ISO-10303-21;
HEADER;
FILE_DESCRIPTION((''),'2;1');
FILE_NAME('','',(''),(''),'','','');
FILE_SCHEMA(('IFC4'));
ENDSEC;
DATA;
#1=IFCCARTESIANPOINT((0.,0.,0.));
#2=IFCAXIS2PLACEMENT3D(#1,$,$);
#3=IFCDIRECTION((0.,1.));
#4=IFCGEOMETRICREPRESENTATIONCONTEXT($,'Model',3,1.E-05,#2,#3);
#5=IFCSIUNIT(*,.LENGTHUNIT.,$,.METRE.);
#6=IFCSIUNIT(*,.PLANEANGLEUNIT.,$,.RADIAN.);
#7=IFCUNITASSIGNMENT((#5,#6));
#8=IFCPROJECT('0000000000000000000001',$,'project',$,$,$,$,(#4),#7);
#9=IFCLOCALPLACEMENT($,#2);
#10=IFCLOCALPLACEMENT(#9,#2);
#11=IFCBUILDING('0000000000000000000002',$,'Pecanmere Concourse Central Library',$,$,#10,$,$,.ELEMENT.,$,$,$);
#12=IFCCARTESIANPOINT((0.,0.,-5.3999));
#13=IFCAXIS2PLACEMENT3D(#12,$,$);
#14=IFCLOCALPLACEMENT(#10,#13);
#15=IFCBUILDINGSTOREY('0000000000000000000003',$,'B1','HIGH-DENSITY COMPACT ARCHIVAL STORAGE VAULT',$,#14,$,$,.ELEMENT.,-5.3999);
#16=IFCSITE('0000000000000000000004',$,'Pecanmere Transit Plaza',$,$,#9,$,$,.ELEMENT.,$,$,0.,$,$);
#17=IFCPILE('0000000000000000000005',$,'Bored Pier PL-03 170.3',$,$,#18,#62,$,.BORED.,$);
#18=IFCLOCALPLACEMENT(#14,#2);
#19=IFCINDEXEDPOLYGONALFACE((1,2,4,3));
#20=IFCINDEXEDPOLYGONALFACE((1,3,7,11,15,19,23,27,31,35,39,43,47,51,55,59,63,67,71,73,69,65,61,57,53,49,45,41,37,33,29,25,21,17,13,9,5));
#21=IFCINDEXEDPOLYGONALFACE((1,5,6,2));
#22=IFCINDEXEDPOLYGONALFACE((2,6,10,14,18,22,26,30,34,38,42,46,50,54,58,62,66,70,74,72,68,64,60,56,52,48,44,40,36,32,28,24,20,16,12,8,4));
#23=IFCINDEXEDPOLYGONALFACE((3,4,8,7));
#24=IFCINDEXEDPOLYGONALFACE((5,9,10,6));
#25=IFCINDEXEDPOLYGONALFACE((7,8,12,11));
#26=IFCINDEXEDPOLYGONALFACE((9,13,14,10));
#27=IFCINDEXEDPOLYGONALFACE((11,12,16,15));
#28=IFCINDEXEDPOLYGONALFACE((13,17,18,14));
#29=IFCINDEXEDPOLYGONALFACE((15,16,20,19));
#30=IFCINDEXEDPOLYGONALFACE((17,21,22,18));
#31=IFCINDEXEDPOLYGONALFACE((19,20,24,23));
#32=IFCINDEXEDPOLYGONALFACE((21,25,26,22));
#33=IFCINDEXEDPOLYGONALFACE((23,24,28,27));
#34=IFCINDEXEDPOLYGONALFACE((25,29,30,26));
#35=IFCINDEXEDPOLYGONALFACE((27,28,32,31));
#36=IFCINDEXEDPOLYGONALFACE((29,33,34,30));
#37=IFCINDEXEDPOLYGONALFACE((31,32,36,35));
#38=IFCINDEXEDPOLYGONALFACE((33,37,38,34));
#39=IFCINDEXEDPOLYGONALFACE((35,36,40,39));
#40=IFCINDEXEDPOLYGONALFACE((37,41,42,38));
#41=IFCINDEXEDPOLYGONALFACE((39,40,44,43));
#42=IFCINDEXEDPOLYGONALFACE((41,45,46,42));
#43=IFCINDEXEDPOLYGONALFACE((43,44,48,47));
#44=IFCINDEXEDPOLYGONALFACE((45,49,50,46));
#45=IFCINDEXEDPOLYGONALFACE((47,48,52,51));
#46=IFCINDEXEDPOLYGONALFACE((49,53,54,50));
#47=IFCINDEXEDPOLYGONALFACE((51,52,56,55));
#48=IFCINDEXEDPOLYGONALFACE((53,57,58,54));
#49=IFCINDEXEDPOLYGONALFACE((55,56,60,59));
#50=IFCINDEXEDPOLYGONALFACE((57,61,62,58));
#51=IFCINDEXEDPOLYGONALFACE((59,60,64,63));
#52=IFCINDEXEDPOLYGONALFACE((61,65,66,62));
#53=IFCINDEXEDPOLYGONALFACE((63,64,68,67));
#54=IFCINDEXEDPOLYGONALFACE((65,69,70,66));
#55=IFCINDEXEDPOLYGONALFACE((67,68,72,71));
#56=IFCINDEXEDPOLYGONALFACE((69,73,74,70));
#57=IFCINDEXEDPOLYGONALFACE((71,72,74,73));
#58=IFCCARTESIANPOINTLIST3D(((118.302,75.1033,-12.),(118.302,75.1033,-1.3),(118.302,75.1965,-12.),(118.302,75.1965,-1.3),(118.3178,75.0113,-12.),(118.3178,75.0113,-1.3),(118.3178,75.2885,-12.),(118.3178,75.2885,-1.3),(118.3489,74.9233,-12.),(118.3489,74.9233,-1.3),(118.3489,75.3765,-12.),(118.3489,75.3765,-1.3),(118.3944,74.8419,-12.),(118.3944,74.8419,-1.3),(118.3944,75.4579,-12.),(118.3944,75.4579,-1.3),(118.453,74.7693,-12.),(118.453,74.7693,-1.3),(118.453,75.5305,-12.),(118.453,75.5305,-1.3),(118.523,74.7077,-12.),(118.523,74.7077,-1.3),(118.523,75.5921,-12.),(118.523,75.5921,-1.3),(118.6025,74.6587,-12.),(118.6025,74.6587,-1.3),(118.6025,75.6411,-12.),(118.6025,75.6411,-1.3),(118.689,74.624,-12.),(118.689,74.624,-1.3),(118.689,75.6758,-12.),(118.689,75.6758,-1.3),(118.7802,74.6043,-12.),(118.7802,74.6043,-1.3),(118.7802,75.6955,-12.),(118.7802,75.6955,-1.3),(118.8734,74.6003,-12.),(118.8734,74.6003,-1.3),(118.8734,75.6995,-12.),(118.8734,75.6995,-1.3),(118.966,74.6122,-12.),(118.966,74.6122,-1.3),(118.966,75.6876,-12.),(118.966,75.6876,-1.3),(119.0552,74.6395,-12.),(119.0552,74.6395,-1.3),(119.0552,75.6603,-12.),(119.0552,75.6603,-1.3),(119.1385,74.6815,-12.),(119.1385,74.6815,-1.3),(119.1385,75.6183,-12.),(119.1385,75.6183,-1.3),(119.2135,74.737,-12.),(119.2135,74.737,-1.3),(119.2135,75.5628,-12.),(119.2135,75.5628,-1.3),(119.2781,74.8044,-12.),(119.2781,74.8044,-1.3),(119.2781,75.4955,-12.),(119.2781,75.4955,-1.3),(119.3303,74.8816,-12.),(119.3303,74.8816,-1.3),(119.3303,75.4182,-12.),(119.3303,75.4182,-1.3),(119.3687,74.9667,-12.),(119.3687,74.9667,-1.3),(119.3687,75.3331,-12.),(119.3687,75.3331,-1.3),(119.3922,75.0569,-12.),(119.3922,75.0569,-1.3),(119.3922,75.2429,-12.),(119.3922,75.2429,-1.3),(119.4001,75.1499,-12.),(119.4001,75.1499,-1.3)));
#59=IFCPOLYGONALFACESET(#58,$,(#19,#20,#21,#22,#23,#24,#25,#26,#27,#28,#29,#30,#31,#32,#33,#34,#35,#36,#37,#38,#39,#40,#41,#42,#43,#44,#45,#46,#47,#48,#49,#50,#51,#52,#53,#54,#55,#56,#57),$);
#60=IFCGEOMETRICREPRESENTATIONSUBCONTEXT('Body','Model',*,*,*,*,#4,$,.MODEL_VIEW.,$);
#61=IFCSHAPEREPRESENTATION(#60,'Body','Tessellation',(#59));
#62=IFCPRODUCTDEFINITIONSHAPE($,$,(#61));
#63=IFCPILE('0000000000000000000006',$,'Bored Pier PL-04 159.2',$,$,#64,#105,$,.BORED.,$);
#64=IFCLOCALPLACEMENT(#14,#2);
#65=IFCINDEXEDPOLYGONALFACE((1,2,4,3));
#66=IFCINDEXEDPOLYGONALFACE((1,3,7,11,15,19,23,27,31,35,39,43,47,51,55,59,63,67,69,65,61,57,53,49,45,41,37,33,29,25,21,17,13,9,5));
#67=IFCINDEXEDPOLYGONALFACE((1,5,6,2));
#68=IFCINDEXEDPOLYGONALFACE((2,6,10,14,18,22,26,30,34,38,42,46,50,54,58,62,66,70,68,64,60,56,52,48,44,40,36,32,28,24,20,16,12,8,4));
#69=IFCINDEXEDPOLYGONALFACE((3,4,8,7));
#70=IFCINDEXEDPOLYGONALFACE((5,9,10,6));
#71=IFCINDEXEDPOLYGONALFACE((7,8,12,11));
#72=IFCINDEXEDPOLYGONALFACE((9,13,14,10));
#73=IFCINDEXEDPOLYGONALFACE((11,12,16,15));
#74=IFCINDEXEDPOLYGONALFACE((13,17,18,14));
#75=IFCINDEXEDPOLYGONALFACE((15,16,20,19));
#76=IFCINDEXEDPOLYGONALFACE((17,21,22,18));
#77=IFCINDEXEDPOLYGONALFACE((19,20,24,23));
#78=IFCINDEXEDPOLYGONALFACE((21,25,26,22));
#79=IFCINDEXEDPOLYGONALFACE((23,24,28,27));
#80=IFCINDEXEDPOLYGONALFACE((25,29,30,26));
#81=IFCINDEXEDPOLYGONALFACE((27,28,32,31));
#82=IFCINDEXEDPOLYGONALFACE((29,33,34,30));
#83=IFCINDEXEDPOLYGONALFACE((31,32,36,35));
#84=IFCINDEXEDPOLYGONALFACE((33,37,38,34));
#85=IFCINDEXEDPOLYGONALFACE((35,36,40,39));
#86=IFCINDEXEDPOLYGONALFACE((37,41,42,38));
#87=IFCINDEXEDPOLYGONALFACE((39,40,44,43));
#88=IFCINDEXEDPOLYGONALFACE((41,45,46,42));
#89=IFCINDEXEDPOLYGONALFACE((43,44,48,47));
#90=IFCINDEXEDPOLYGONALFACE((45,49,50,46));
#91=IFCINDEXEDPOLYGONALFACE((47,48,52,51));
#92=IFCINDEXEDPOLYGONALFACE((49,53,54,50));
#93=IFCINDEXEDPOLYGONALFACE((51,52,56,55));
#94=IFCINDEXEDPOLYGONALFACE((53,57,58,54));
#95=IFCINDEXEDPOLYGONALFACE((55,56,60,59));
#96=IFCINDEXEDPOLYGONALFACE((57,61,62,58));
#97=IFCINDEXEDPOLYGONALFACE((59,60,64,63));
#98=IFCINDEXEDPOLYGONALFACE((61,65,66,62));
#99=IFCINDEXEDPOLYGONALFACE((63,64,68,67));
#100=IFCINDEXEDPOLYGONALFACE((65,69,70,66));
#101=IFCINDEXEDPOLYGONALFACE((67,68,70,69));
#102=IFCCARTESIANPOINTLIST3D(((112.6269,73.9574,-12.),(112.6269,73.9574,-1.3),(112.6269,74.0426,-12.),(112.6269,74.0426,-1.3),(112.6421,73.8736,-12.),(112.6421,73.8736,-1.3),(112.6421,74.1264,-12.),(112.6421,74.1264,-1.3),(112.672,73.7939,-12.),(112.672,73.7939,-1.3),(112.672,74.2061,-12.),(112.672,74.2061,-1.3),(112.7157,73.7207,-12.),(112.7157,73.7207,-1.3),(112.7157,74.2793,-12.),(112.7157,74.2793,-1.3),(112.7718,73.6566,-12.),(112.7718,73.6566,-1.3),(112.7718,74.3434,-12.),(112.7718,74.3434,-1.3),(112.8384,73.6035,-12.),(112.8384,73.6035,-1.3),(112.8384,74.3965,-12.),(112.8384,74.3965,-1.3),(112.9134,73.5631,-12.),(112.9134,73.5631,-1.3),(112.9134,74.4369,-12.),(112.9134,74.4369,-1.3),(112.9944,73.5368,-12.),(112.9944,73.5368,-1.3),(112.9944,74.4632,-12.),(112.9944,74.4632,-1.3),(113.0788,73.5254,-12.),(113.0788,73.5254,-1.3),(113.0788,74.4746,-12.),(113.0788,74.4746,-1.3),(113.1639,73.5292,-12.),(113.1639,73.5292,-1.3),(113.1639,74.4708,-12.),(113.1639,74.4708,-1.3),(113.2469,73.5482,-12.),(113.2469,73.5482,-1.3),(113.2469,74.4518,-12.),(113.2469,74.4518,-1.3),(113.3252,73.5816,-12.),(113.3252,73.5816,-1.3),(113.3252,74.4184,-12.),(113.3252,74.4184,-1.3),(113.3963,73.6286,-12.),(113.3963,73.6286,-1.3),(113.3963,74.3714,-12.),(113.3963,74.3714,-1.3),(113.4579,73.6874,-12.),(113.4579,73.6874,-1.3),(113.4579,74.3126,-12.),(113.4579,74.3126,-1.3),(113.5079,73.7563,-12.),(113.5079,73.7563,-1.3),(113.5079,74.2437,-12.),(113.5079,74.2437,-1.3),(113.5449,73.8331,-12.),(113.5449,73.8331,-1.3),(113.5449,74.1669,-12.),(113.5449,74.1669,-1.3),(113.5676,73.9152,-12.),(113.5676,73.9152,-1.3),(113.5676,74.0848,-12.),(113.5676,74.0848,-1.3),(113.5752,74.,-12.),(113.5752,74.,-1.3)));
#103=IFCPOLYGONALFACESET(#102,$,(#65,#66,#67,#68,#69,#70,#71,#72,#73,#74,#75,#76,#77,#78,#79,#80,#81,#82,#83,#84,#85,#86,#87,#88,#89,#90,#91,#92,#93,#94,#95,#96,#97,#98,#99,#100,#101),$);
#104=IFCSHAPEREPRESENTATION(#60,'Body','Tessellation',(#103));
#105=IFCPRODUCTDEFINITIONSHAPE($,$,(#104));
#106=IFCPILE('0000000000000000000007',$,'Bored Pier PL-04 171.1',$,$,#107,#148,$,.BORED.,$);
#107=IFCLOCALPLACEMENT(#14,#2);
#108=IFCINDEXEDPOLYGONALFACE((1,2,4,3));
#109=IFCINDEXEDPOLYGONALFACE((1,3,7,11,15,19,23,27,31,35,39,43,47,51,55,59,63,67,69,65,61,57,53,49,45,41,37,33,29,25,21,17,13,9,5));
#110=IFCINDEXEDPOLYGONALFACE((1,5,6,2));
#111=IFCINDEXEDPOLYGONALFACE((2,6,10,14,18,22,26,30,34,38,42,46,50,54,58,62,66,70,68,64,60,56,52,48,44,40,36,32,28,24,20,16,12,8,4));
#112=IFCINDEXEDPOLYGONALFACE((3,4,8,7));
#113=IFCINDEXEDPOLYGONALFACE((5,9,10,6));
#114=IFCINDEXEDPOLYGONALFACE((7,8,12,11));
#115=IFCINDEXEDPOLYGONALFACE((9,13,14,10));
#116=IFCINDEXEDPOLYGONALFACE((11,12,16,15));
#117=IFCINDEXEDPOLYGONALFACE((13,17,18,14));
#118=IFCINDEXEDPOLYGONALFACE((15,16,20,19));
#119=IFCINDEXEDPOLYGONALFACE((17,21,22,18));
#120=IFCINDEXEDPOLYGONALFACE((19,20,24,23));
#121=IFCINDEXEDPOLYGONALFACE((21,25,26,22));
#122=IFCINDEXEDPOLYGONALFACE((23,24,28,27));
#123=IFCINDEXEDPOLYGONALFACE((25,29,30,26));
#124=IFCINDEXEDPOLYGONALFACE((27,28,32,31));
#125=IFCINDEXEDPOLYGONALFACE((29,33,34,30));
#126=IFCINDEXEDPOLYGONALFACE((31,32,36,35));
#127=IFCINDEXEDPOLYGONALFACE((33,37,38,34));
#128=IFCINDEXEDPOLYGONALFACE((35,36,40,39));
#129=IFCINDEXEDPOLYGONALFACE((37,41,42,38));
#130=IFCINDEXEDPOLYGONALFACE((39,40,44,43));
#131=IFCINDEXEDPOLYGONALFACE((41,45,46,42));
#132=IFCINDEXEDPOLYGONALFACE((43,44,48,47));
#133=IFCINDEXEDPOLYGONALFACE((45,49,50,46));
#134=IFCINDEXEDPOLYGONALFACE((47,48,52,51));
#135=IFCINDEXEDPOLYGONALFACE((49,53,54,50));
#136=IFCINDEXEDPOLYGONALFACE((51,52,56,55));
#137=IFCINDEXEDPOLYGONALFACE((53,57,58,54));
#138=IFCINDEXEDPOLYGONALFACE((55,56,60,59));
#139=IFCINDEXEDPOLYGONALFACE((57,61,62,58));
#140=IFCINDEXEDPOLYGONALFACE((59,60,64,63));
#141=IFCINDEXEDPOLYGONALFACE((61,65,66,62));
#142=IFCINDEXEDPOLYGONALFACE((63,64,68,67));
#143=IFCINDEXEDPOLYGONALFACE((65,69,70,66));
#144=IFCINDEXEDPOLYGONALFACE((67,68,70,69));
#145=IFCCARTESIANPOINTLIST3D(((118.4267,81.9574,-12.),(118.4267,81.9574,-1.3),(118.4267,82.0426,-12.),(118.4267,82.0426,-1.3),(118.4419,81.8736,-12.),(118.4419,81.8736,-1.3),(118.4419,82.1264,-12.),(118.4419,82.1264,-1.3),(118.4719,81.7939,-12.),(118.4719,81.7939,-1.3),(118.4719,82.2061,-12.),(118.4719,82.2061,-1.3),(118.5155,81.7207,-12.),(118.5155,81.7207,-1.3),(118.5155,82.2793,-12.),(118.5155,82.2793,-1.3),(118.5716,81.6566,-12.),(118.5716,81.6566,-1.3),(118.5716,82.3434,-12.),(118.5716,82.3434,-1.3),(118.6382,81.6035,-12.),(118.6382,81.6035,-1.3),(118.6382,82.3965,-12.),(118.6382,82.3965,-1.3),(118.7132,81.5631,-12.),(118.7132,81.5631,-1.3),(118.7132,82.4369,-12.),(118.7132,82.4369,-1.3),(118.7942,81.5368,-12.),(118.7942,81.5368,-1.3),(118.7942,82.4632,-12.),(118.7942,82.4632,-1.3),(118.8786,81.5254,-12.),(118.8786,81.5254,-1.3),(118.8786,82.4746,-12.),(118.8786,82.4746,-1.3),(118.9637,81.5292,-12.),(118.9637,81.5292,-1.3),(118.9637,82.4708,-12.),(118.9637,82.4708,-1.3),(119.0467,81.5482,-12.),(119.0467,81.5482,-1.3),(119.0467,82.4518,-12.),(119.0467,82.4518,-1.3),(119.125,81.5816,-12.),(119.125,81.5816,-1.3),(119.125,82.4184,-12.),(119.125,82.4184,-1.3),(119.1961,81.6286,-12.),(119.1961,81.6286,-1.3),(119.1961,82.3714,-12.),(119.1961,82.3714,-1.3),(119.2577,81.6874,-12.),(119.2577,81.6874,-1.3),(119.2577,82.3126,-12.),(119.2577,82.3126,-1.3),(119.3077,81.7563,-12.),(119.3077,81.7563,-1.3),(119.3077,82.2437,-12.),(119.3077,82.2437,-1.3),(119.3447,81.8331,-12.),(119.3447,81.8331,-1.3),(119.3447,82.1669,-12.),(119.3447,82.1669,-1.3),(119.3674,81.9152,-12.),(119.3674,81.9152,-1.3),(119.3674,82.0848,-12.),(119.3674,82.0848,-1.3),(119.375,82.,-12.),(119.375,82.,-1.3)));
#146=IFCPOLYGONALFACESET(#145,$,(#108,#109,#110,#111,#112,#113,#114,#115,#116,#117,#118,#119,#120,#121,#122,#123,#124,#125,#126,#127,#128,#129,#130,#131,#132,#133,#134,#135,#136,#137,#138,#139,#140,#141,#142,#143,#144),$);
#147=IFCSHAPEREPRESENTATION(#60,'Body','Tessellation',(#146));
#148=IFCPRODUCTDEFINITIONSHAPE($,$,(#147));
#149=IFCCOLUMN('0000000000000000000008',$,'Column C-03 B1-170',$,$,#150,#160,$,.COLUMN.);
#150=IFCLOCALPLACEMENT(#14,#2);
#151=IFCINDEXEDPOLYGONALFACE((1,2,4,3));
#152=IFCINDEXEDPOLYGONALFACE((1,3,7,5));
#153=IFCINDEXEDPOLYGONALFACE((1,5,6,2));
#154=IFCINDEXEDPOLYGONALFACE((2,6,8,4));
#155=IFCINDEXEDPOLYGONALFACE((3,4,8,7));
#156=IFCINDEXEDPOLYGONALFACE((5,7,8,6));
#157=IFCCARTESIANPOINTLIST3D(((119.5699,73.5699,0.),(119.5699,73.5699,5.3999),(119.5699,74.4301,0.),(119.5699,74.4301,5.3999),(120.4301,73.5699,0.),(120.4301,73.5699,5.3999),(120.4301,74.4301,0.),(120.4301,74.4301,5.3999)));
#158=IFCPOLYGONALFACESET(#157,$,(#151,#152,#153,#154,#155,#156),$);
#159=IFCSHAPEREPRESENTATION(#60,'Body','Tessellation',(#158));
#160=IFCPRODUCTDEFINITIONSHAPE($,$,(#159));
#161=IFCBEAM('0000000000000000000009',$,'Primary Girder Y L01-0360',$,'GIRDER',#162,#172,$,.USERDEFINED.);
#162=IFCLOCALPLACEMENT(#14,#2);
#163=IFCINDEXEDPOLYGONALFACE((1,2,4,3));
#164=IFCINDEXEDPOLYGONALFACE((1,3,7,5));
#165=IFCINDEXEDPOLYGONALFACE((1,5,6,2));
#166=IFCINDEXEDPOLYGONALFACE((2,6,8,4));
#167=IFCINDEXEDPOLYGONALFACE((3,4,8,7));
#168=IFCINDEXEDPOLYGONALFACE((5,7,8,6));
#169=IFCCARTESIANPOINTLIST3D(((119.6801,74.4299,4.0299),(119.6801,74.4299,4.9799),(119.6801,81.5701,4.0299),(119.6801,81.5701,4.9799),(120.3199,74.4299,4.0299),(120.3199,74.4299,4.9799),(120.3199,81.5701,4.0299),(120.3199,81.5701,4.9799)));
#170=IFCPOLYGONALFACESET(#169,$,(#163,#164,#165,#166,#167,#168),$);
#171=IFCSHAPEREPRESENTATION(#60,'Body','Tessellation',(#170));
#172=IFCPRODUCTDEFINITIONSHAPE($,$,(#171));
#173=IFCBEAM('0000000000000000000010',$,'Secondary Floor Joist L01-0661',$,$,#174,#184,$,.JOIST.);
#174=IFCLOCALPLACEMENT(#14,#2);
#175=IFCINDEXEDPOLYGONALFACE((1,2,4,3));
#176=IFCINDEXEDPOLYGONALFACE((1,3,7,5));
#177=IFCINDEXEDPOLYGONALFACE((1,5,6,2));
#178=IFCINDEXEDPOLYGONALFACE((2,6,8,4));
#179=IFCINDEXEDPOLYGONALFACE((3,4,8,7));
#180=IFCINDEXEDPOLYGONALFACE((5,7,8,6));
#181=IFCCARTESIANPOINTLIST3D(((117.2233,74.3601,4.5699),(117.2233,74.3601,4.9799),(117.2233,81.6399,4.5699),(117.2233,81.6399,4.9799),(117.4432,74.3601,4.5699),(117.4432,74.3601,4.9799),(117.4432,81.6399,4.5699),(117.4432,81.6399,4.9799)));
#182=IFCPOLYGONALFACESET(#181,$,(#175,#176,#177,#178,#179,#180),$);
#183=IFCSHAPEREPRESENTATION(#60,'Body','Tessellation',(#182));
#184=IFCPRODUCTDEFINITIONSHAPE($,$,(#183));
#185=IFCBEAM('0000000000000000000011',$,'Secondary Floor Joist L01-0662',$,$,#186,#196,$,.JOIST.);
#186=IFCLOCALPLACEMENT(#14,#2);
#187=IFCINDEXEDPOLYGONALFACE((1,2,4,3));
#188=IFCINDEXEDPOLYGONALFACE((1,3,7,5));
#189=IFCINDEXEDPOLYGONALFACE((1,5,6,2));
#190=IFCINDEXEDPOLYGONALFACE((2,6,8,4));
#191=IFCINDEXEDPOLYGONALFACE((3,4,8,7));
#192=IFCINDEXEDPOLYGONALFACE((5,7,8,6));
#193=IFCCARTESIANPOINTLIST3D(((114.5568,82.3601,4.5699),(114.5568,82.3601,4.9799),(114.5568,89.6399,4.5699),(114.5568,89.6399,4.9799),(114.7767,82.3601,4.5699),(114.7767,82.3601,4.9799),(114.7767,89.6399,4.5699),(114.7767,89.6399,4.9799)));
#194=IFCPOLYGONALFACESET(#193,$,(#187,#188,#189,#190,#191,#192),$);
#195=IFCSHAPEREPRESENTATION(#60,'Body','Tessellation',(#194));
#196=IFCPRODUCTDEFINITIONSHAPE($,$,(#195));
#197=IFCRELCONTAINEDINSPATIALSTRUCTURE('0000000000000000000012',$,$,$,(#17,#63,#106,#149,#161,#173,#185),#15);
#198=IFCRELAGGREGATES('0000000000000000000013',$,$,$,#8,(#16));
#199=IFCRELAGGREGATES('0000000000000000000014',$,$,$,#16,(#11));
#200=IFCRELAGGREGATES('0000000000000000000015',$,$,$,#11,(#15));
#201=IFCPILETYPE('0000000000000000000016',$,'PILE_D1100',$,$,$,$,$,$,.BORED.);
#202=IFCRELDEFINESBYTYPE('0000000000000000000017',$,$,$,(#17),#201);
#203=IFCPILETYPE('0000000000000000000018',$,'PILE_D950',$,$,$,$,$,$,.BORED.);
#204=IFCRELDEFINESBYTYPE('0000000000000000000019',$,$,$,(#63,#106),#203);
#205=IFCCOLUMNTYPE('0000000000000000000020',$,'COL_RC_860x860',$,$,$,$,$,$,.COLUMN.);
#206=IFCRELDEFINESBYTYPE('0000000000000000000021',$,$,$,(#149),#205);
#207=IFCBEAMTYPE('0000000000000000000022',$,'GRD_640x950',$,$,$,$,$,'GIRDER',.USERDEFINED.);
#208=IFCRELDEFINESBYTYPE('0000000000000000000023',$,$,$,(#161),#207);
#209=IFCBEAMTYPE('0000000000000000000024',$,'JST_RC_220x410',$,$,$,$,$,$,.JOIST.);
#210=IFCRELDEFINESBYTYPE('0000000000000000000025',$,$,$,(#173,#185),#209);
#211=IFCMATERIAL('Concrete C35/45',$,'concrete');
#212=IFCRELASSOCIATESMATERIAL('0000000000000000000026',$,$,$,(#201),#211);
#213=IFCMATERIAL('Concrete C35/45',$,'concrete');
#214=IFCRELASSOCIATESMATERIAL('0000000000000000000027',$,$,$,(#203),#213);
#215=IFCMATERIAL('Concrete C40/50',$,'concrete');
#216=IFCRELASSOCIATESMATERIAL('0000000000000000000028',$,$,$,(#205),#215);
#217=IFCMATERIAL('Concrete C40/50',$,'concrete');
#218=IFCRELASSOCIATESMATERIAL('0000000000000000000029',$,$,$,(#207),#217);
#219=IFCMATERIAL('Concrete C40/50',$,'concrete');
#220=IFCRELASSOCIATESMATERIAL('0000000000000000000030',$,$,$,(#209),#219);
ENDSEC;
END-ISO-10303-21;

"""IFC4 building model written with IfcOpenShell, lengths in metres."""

from ifc_helpers import new_model, si_unit, direction, frame, origin, origin_2d, place, context, subcontext, project, spatial, rectangle, circle, extrude, material, material_profile, profile_set, type_object, element, save


model = new_model("IFC4")

# Units and contexts
model_context = context("Model", 3, precision=1e-05, world=origin(), true_north=direction((0.0, 1.0)))
body_context = subcontext(model_context, "Body", "Model", "MODEL_VIEW")
ifc_project = project(units=[si_unit("LENGTHUNIT", "METRE"), si_unit("PLANEANGLEUNIT", "RADIAN")], contexts=[model_context])

# Site, building, storey
site_placement = place(None, origin())
site = spatial("IfcSite", under=ifc_project, at=site_placement, Name="Pecanmere Transit Plaza", CompositionType="ELEMENT", RefElevation=0.0)
building_placement = place(site_placement, origin())
building = spatial("IfcBuilding", under=site, at=building_placement, Name="Pecanmere Concourse Central Library", CompositionType="ELEMENT")
storey_placement = place(building_placement, frame((0.0, 0.0, -5.3999)))
storey = spatial("IfcBuildingStorey", under=building, at=storey_placement, Name="B1", Description="HIGH-DENSITY COMPACT ARCHIVAL STORAGE VAULT", CompositionType="ELEMENT", Elevation=-5.3999)

# Piles
ifc_material_1 = material(Name="Concrete C35/45", Category="concrete")
ifc_material_profile_1 = material_profile(ifc_material_1, circle(Radius=0.55, at=origin_2d()), Name="PIER D1100")
ifc_profile_set_1 = profile_set([ifc_material_profile_1], Name="Concrete C35/45")
pile_type_1 = type_object("IfcPileType", Name="PILE_D1100", PredefinedType="BORED", material=ifc_profile_set_1)
for number, where, z_axis, x_axis, name in (
    (1, (118.8501, 75.1499, -1.3), (0.0, 0.0, -1.0), (1.0, 0.0, 0.0), "Bored Pier PL-03 170.3"),
):
    element("IfcPile", number, at=place(storey_placement, frame(where, z_axis=z_axis, x_axis=x_axis)), inside=storey, type_object=pile_type_1, Name=name, PredefinedType="BORED", context=body_context, shape_type="SweptSolid", body=[
        extrude(circle(Radius=0.55, at=origin_2d()), origin(), (0.0, 0.0, 1.0), 10.7),
    ])
ifc_material_2 = material(Name="Concrete C35/45", Category="concrete")
ifc_material_profile_2 = material_profile(ifc_material_2, circle(Radius=0.4751, at=origin_2d()), Name="PIER D950")
ifc_profile_set_2 = profile_set([ifc_material_profile_2], Name="Concrete C35/45")
pile_type_2 = type_object("IfcPileType", Name="PILE_D950", PredefinedType="BORED", material=ifc_profile_set_2)
for number, where, z_axis, x_axis, name in (
    (2, (113.1001, 74.0, -1.3), (0.0, 0.0, -1.0), (1.0, 0.0, 0.0), "Bored Pier PL-04 159.2"),
    (3, (118.8999, 82.0, -1.3), (0.0, 0.0, -1.0), (1.0, 0.0, 0.0), "Bored Pier PL-04 171.1"),
):
    element("IfcPile", number, at=place(storey_placement, frame(where, z_axis=z_axis, x_axis=x_axis)), inside=storey, type_object=pile_type_2, Name=name, PredefinedType="BORED", context=body_context, shape_type="SweptSolid", body=[
        extrude(circle(Radius=0.4751, at=origin_2d()), origin(), (0.0, 0.0, 1.0), 10.7),
    ])

# Column
ifc_material_3 = material(Name="Concrete C40/50", Category="concrete")
ifc_material_profile_3 = material_profile(ifc_material_3, rectangle(XDim=0.8601, YDim=0.8601, at=origin_2d()), Name="RC 860x860")
ifc_profile_set_3 = profile_set([ifc_material_profile_3], Name="Concrete C40/50")
column_type = type_object("IfcColumnType", Name="COL_RC_860x860", PredefinedType="COLUMN", material=ifc_profile_set_3)
column_placement = place(storey_placement, frame((120.0, 74.0, 0.0), z_axis=(0.0, 0.0, 1.0), x_axis=(1.0, 0.0, 0.0)))
element("IfcColumn", 4, at=column_placement, inside=storey, type_object=column_type, Name="Column C-03 B1-170", PredefinedType="COLUMN", context=body_context, shape_type="SweptSolid", body=[
    extrude(rectangle(XDim=0.8601, YDim=0.8601, at=origin_2d()), origin(), (0.0, 0.0, 1.0), 5.3999),
])

# Beams
ifc_material_4 = material(Name="Concrete C40/50", Category="concrete")
ifc_material_profile_4 = material_profile(ifc_material_4, rectangle(XDim=0.6399, YDim=0.95, at=origin_2d()), Name="RC 640x950")
ifc_profile_set_4 = profile_set([ifc_material_profile_4], Name="Concrete C40/50")
beam_type_1 = type_object("IfcBeamType", Name="GRD_640x950", ElementType="GIRDER", PredefinedType="USERDEFINED", material=ifc_profile_set_4)
beam_1_placement = place(storey_placement, frame((120.0, 74.4299, 4.5049), z_axis=(0.0, 1.0, 0.0), x_axis=(-1.0, 0.0, 0.0)))
element("IfcBeam", 5, at=beam_1_placement, inside=storey, type_object=beam_type_1, Name="Primary Girder Y L01-0360", ObjectType="GIRDER", PredefinedType="USERDEFINED", context=body_context, shape_type="SweptSolid", body=[
    extrude(rectangle(XDim=0.6399, YDim=0.95, at=origin_2d()), origin(), (0.0, 0.0, 1.0), 7.1401),
])
ifc_material_5 = material(Name="Concrete C40/50", Category="concrete")
ifc_material_profile_5 = material_profile(ifc_material_5, rectangle(XDim=0.22, YDim=0.4099, at=origin_2d()), Name="RC 220x410")
ifc_profile_set_5 = profile_set([ifc_material_profile_5], Name="Concrete C40/50")
beam_type_2 = type_object("IfcBeamType", Name="JST_RC_220x410", PredefinedType="JOIST", material=ifc_profile_set_5)
for number, where, z_axis, x_axis, name in (
    (6, (117.3333, 74.3601, 4.7749), (0.0, 1.0, 0.0), (-1.0, 0.0, 0.0), "Secondary Floor Joist L01-0661"),
    (7, (114.6667, 82.3601, 4.7749), (0.0, 1.0, 0.0), (-1.0, 0.0, 0.0), "Secondary Floor Joist L01-0662"),
):
    element("IfcBeam", number, at=place(storey_placement, frame(where, z_axis=z_axis, x_axis=x_axis)), inside=storey, type_object=beam_type_2, Name=name, PredefinedType="JOIST", context=body_context, shape_type="SweptSolid", body=[
        extrude(rectangle(XDim=0.22, YDim=0.4099, at=origin_2d()), origin(), (0.0, 0.0, 1.0), 7.2798),
    ])

save(model, "model.ifc")
